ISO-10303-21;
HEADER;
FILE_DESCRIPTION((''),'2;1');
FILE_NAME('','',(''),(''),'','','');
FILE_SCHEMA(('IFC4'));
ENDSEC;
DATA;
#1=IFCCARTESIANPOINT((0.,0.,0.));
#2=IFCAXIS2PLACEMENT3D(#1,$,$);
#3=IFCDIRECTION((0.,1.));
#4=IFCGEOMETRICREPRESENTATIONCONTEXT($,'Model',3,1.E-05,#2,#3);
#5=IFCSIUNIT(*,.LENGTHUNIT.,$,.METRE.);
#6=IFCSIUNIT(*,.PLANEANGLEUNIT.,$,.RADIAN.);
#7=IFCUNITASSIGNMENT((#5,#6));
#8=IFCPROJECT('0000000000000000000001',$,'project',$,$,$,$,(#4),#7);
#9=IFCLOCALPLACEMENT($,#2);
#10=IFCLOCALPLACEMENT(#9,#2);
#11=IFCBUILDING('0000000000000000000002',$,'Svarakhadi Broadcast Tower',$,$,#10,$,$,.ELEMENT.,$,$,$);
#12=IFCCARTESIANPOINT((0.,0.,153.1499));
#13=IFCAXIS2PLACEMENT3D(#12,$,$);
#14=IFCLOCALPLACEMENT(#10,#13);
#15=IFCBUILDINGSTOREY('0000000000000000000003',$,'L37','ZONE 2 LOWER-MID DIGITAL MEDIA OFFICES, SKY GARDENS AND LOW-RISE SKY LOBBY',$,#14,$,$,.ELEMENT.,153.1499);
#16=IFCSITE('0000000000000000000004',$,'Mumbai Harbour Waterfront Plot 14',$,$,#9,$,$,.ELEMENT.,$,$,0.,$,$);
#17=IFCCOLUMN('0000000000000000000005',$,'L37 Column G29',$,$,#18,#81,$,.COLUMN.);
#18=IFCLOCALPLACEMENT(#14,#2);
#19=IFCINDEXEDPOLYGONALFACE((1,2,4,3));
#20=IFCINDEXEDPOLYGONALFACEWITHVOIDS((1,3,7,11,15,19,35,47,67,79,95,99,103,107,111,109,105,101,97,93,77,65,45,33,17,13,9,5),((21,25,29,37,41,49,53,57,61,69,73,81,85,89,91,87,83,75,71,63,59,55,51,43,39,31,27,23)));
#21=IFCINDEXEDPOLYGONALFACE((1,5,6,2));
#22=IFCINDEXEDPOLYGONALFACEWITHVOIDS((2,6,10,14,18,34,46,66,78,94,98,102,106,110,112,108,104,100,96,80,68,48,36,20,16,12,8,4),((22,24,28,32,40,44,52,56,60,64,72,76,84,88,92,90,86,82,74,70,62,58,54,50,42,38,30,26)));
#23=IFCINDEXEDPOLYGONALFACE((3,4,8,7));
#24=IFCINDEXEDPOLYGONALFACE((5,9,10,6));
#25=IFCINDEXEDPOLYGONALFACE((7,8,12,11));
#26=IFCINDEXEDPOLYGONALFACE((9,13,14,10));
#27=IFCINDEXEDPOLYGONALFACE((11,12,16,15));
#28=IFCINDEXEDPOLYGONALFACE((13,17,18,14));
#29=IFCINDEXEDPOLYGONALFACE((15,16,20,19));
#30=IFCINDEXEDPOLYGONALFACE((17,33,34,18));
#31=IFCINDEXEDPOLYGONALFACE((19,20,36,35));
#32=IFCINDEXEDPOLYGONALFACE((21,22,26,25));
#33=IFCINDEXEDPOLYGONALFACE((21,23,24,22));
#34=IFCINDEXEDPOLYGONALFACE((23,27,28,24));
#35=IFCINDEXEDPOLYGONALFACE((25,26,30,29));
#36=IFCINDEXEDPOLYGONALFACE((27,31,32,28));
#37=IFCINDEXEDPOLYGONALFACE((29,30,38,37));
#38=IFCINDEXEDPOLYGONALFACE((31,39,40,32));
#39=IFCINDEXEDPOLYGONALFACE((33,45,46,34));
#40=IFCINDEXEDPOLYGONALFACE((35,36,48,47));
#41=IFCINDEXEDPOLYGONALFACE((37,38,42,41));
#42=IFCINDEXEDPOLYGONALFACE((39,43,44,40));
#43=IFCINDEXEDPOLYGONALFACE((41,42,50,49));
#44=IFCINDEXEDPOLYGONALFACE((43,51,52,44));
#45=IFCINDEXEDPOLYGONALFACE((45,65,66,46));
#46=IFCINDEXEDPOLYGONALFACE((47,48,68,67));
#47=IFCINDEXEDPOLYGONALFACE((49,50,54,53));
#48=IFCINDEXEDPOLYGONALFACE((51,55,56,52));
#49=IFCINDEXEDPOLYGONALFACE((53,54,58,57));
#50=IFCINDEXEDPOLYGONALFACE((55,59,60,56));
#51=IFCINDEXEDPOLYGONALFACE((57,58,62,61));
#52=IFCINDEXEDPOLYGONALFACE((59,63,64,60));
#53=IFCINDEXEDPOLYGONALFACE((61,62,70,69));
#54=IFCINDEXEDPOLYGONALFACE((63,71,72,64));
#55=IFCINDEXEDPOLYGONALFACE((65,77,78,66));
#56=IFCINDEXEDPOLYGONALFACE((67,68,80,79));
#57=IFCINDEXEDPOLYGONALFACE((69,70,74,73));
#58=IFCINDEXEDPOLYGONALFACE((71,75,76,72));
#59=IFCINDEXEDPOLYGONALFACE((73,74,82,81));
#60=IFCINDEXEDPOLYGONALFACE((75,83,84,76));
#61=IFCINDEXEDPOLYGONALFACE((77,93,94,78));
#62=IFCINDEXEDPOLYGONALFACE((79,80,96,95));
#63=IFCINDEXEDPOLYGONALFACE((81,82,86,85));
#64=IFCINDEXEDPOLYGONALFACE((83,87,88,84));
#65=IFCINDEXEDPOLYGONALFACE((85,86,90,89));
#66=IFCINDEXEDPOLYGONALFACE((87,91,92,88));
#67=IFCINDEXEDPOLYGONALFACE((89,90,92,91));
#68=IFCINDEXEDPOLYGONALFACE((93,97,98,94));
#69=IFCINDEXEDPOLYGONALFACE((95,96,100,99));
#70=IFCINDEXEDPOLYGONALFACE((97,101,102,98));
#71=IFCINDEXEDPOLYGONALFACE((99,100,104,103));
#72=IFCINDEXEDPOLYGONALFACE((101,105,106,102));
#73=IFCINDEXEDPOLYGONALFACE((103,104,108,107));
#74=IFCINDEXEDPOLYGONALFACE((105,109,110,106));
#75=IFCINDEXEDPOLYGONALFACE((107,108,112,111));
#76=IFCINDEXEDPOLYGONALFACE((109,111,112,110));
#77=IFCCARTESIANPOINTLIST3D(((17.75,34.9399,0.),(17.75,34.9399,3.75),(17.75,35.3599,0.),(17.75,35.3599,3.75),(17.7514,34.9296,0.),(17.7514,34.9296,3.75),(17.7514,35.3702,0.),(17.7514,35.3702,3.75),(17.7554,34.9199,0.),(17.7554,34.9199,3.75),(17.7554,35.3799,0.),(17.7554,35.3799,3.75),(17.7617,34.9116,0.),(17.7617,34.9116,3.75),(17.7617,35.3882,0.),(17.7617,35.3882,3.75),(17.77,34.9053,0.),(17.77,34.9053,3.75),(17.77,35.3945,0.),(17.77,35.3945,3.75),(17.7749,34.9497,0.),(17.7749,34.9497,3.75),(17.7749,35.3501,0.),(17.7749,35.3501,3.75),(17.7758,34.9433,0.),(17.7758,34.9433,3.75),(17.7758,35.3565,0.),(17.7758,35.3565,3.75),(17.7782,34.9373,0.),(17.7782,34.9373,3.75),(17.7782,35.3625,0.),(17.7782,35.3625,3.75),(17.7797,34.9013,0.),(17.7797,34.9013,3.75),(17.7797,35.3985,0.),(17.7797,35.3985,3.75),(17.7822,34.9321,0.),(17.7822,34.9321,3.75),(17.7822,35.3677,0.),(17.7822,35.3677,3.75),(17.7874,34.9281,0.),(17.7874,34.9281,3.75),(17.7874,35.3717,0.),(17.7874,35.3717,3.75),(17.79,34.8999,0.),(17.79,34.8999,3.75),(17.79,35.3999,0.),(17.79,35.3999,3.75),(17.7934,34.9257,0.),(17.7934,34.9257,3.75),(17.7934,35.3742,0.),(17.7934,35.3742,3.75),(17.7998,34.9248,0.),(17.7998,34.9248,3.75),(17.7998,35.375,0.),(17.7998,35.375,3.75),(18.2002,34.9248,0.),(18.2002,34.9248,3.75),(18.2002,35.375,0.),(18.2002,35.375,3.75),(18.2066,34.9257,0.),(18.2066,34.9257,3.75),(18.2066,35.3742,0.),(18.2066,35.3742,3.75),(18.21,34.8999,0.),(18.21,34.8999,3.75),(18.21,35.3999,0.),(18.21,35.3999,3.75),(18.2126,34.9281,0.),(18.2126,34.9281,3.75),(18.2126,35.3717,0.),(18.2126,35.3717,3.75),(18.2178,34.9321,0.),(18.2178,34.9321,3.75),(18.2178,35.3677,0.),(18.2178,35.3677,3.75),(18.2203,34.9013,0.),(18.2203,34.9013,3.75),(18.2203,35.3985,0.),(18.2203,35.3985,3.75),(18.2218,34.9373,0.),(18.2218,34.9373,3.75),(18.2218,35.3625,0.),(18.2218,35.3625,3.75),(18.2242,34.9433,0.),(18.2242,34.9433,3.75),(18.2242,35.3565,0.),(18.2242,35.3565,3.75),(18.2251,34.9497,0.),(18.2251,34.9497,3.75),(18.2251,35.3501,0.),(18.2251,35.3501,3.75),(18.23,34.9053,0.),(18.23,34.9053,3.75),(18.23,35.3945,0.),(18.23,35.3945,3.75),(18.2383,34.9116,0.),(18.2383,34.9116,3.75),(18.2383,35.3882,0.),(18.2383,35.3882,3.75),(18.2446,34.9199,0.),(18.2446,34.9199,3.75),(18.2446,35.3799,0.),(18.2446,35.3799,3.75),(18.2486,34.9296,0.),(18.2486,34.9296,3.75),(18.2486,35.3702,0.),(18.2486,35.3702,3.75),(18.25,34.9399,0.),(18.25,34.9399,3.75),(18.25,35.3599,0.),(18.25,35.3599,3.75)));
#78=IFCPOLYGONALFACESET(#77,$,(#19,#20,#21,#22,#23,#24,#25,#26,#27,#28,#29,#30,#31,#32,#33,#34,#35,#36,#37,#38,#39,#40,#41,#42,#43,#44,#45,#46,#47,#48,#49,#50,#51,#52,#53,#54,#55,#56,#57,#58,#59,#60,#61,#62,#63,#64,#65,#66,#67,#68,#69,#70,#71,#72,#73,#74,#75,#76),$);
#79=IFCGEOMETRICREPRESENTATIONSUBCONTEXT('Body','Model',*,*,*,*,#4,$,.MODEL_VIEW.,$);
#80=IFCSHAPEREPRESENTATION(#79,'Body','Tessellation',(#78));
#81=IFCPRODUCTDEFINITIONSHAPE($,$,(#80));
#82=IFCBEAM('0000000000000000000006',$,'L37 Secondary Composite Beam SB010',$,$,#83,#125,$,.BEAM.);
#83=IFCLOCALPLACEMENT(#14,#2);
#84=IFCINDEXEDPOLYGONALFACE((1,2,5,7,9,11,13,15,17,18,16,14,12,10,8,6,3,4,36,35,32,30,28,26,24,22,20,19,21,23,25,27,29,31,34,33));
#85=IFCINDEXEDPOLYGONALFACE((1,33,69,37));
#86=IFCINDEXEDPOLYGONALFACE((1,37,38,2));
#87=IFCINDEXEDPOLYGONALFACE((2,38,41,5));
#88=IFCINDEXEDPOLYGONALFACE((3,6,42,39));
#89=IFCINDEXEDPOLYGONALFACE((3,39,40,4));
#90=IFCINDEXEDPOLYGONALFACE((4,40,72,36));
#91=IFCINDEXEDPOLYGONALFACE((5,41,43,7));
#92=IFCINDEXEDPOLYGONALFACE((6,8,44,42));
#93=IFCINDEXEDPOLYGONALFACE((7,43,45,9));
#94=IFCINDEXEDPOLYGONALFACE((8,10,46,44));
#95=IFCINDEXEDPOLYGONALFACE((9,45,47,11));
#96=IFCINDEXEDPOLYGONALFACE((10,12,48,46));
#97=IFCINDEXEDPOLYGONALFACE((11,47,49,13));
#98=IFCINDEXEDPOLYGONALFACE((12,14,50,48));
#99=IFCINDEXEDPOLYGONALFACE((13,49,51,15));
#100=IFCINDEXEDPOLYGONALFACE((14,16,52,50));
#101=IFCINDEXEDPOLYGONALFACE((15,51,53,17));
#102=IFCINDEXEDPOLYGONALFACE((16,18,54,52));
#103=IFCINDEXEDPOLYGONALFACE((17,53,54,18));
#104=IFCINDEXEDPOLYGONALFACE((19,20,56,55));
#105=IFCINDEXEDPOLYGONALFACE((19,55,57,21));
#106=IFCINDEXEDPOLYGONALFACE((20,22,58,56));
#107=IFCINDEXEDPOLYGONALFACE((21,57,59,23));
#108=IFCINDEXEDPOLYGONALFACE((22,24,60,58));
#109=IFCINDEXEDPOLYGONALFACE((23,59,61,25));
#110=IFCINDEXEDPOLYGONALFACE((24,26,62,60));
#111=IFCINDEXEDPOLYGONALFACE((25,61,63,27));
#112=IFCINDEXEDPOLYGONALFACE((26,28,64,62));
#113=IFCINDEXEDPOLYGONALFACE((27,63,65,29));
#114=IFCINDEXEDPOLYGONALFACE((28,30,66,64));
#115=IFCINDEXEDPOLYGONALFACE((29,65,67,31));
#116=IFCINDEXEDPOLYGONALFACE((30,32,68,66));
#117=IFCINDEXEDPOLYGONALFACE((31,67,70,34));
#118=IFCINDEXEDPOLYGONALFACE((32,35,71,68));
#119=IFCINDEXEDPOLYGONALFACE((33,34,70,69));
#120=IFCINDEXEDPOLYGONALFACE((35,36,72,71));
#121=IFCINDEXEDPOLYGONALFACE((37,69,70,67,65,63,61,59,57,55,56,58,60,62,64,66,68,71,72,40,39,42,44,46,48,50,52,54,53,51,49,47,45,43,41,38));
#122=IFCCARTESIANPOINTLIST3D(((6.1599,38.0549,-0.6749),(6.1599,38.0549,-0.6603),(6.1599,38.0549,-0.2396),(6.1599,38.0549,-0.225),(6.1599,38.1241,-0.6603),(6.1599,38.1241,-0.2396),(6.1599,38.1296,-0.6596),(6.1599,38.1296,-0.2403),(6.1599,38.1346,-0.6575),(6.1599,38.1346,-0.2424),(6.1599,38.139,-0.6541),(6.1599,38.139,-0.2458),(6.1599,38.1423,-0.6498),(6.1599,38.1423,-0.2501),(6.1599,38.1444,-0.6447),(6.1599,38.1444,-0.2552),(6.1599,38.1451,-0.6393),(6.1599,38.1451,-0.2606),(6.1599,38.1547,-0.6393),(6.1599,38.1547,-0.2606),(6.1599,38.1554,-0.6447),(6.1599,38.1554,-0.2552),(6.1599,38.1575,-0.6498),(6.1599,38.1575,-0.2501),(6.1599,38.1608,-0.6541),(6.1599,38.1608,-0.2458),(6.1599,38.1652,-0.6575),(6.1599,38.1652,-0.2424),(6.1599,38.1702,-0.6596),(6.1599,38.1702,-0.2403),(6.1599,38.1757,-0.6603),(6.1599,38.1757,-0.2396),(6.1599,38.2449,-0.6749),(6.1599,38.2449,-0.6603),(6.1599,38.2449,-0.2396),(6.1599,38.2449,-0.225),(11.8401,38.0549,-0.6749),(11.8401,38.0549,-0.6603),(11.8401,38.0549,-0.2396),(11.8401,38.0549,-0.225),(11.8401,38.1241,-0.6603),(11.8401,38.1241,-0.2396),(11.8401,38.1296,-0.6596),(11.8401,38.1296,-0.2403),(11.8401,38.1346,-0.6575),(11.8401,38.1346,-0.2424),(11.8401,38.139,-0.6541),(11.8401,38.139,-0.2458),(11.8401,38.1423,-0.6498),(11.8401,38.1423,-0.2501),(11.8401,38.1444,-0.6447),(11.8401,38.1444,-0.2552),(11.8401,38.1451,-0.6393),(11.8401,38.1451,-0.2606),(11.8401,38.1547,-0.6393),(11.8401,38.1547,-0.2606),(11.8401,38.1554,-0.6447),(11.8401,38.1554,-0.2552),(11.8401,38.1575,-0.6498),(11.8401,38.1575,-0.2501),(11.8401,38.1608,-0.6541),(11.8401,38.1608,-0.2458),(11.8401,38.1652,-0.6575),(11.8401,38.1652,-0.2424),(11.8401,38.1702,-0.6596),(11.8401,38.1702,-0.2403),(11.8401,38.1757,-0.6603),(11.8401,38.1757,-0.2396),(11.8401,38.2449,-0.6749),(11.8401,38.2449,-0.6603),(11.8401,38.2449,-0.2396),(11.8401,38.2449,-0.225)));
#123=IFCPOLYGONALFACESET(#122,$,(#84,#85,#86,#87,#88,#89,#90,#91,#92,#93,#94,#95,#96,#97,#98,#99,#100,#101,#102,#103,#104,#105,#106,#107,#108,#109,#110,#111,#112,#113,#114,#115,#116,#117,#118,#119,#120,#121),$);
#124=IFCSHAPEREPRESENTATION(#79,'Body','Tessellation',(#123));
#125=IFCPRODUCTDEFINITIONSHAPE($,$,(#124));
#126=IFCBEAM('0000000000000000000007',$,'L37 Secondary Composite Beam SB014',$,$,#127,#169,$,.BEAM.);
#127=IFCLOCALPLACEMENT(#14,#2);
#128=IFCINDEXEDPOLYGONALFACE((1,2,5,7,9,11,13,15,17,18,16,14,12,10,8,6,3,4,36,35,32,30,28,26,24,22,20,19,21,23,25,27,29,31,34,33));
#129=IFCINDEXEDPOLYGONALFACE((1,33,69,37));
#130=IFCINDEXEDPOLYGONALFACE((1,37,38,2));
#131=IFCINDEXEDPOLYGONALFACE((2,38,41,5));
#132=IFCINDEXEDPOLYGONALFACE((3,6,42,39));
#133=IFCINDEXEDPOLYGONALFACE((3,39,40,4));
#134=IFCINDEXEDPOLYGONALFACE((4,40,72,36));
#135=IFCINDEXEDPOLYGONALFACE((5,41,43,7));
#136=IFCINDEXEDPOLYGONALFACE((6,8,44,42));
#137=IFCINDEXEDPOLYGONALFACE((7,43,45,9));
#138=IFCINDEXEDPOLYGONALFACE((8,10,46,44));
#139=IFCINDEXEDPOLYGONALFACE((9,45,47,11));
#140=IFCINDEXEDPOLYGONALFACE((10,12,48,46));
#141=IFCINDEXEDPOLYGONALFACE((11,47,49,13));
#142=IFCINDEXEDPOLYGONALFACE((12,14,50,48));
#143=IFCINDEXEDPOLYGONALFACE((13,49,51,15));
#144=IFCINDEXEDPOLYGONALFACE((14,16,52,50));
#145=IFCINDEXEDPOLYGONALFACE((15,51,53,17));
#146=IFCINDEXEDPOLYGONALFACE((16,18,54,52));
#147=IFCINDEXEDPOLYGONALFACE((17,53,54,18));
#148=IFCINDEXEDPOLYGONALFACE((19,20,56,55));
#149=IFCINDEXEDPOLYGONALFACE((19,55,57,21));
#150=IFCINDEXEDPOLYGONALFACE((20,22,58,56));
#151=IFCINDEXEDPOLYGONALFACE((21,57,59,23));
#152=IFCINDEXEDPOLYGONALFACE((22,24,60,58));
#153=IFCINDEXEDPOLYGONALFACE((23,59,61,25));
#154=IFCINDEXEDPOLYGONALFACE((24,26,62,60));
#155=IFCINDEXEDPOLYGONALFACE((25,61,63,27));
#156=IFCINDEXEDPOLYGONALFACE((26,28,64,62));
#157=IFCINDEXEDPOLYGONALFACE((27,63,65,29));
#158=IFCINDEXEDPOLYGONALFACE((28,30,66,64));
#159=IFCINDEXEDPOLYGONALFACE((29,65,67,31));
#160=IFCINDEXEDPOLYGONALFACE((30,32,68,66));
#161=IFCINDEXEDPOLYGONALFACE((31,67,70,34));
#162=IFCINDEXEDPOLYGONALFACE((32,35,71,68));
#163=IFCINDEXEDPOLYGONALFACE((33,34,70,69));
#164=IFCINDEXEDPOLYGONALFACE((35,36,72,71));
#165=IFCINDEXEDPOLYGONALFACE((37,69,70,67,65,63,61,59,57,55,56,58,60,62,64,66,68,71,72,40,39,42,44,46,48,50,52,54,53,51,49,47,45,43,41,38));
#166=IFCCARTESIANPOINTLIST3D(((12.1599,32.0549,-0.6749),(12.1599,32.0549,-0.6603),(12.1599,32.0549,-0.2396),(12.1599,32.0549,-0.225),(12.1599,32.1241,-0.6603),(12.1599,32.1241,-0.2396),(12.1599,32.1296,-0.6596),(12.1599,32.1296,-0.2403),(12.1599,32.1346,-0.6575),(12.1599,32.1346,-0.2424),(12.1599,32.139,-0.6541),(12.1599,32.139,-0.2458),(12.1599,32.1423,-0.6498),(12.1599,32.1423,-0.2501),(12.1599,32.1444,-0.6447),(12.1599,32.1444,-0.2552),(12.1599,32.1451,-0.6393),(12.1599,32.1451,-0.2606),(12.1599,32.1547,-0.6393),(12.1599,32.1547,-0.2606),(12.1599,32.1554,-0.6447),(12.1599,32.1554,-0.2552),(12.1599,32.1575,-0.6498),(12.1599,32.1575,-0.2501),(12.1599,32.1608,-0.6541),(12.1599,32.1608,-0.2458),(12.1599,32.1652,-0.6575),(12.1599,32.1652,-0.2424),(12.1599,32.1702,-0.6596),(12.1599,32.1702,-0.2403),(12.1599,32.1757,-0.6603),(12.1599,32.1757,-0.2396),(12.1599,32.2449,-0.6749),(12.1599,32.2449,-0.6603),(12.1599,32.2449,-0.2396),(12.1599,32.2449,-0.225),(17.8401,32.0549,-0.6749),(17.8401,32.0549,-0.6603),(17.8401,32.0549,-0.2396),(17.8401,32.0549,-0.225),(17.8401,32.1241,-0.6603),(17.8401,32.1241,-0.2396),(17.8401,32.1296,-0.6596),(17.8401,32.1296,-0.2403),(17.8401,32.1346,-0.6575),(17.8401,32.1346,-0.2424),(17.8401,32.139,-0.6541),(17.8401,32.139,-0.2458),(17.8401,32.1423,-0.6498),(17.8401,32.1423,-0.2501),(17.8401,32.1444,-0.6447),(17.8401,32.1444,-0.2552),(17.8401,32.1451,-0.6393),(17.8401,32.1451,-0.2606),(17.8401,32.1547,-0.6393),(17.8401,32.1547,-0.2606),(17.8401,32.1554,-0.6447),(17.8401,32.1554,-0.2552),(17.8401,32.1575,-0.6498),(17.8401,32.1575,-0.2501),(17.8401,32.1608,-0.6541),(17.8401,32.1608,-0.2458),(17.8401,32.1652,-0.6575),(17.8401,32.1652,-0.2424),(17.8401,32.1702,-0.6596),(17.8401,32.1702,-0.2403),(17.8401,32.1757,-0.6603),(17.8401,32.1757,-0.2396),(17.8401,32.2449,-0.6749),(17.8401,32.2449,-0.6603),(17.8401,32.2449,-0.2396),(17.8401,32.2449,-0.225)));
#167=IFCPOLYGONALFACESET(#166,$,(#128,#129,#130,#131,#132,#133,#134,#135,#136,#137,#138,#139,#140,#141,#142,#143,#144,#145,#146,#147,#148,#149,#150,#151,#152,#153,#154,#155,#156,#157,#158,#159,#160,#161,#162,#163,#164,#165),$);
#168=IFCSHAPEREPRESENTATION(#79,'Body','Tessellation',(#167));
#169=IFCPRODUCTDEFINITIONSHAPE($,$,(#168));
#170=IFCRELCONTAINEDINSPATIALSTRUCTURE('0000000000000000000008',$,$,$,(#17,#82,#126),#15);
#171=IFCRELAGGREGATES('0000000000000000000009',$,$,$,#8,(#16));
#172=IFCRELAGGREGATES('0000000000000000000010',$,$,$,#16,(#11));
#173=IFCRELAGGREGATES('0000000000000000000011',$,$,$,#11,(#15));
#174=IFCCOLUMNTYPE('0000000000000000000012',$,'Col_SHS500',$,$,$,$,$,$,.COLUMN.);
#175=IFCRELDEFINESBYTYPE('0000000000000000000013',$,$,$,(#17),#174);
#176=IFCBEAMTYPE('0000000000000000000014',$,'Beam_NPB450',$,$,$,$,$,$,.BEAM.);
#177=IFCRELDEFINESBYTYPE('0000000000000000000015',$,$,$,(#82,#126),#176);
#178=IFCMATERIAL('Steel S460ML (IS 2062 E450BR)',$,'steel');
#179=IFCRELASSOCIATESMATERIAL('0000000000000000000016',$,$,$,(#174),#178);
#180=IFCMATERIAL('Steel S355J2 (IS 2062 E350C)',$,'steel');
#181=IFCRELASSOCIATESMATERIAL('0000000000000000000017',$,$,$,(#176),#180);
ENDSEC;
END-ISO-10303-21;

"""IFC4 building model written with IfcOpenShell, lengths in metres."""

from ifc_helpers import new_model, si_unit, direction, frame, origin, origin_2d, place, context, subcontext, project, spatial, hollow_rectangle, i_section, extrude, material, material_profile, profile_set, type_object, element, save


model = new_model("IFC4")

# Units and contexts
model_context = context("Model", 3, precision=1e-05, world=origin(), true_north=direction((0.0, 1.0)))
body_context = subcontext(model_context, "Body", "Model", "MODEL_VIEW")
ifc_project = project(units=[si_unit("LENGTHUNIT", "METRE"), si_unit("PLANEANGLEUNIT", "RADIAN")], contexts=[model_context])

# Site, building, storey
site_placement = place(None, origin())
site = spatial("IfcSite", under=ifc_project, at=site_placement, Name="Mumbai Harbour Waterfront Plot 14", CompositionType="ELEMENT", RefElevation=0.0)
building_placement = place(site_placement, origin())
building = spatial("IfcBuilding", under=site, at=building_placement, Name="Svarakhadi Broadcast Tower", CompositionType="ELEMENT")
storey_placement = place(building_placement, frame((0.0, 0.0, 153.1499)))
storey = spatial("IfcBuildingStorey", under=building, at=storey_placement, Name="L37", Description="ZONE 2 LOWER-MID DIGITAL MEDIA OFFICES, SKY GARDENS AND LOW-RISE SKY LOBBY", CompositionType="ELEMENT", Elevation=153.1499)

# Column
ifc_material_1 = material(Name="Steel S460ML (IS 2062 E450BR)", Category="steel")
ifc_material_profile_1 = material_profile(ifc_material_1, hollow_rectangle(XDim=0.5, YDim=0.5, WallThickness=0.0249, InnerFilletRadius=0.0249, OuterFilletRadius=0.04, at=origin_2d()), Name="SHS 500x500x25")
ifc_profile_set_1 = profile_set([ifc_material_profile_1], Name="Steel S460ML (IS 2062 E450BR)")
column_type_1 = type_object("IfcColumnType", Name="Col_SHS500", PredefinedType="COLUMN", material=ifc_profile_set_1)
for number, where, z_axis, x_axis, name in (
    (1, (18.0, 35.1499, 0.0), (0.0, 0.0, 1.0), (1.0, 0.0, 0.0), "L37 Column G29"),
):
    element("IfcColumn", number, at=place(storey_placement, frame(where, z_axis=z_axis, x_axis=x_axis)), inside=storey, type_object=column_type_1, Name=name, PredefinedType="COLUMN", context=body_context, shape_type="SweptSolid", body=[
        extrude(hollow_rectangle(XDim=0.5, YDim=0.5, WallThickness=0.0249, InnerFilletRadius=0.0249, OuterFilletRadius=0.04, at=origin_2d()), origin(), (0.0, 0.0, 1.0), 3.75),
    ])

# Beams
ifc_material_2 = material(Name="Steel S355J2 (IS 2062 E350C)", Category="steel")
ifc_material_profile_2 = material_profile(ifc_material_2, i_section(OverallWidth=0.1899, OverallDepth=0.45, WebThickness=0.0095, FlangeThickness=0.0146, FilletRadius=0.021, at=origin_2d()), Name="NPB 450x190x78")
ifc_profile_set_2 = profile_set([ifc_material_profile_2], Name="Steel S355J2 (IS 2062 E350C)")
beam_type_1 = type_object("IfcBeamType", Name="Beam_NPB450", PredefinedType="BEAM", material=ifc_profile_set_2)
for number, where, z_axis, x_axis, name in (
    (2, (6.1599, 38.1499, -0.45), (1.0, 0.0, 0.0), (0.0, 1.0, 0.0), "L37 Secondary Composite Beam SB010"),
    (3, (12.1599, 32.1499, -0.45), (1.0, 0.0, 0.0), (0.0, 1.0, 0.0), "L37 Secondary Composite Beam SB014"),
):
    element("IfcBeam", number, at=place(storey_placement, frame(where, z_axis=z_axis, x_axis=x_axis)), inside=storey, type_object=beam_type_1, Name=name, PredefinedType="BEAM", context=body_context, shape_type="SweptSolid", body=[
        extrude(i_section(OverallWidth=0.1899, OverallDepth=0.45, WebThickness=0.0095, FlangeThickness=0.0146, FilletRadius=0.021, at=origin_2d()), origin(), (0.0, 0.0, 1.0), 5.6802),
    ])

save(model, "model.ifc")
